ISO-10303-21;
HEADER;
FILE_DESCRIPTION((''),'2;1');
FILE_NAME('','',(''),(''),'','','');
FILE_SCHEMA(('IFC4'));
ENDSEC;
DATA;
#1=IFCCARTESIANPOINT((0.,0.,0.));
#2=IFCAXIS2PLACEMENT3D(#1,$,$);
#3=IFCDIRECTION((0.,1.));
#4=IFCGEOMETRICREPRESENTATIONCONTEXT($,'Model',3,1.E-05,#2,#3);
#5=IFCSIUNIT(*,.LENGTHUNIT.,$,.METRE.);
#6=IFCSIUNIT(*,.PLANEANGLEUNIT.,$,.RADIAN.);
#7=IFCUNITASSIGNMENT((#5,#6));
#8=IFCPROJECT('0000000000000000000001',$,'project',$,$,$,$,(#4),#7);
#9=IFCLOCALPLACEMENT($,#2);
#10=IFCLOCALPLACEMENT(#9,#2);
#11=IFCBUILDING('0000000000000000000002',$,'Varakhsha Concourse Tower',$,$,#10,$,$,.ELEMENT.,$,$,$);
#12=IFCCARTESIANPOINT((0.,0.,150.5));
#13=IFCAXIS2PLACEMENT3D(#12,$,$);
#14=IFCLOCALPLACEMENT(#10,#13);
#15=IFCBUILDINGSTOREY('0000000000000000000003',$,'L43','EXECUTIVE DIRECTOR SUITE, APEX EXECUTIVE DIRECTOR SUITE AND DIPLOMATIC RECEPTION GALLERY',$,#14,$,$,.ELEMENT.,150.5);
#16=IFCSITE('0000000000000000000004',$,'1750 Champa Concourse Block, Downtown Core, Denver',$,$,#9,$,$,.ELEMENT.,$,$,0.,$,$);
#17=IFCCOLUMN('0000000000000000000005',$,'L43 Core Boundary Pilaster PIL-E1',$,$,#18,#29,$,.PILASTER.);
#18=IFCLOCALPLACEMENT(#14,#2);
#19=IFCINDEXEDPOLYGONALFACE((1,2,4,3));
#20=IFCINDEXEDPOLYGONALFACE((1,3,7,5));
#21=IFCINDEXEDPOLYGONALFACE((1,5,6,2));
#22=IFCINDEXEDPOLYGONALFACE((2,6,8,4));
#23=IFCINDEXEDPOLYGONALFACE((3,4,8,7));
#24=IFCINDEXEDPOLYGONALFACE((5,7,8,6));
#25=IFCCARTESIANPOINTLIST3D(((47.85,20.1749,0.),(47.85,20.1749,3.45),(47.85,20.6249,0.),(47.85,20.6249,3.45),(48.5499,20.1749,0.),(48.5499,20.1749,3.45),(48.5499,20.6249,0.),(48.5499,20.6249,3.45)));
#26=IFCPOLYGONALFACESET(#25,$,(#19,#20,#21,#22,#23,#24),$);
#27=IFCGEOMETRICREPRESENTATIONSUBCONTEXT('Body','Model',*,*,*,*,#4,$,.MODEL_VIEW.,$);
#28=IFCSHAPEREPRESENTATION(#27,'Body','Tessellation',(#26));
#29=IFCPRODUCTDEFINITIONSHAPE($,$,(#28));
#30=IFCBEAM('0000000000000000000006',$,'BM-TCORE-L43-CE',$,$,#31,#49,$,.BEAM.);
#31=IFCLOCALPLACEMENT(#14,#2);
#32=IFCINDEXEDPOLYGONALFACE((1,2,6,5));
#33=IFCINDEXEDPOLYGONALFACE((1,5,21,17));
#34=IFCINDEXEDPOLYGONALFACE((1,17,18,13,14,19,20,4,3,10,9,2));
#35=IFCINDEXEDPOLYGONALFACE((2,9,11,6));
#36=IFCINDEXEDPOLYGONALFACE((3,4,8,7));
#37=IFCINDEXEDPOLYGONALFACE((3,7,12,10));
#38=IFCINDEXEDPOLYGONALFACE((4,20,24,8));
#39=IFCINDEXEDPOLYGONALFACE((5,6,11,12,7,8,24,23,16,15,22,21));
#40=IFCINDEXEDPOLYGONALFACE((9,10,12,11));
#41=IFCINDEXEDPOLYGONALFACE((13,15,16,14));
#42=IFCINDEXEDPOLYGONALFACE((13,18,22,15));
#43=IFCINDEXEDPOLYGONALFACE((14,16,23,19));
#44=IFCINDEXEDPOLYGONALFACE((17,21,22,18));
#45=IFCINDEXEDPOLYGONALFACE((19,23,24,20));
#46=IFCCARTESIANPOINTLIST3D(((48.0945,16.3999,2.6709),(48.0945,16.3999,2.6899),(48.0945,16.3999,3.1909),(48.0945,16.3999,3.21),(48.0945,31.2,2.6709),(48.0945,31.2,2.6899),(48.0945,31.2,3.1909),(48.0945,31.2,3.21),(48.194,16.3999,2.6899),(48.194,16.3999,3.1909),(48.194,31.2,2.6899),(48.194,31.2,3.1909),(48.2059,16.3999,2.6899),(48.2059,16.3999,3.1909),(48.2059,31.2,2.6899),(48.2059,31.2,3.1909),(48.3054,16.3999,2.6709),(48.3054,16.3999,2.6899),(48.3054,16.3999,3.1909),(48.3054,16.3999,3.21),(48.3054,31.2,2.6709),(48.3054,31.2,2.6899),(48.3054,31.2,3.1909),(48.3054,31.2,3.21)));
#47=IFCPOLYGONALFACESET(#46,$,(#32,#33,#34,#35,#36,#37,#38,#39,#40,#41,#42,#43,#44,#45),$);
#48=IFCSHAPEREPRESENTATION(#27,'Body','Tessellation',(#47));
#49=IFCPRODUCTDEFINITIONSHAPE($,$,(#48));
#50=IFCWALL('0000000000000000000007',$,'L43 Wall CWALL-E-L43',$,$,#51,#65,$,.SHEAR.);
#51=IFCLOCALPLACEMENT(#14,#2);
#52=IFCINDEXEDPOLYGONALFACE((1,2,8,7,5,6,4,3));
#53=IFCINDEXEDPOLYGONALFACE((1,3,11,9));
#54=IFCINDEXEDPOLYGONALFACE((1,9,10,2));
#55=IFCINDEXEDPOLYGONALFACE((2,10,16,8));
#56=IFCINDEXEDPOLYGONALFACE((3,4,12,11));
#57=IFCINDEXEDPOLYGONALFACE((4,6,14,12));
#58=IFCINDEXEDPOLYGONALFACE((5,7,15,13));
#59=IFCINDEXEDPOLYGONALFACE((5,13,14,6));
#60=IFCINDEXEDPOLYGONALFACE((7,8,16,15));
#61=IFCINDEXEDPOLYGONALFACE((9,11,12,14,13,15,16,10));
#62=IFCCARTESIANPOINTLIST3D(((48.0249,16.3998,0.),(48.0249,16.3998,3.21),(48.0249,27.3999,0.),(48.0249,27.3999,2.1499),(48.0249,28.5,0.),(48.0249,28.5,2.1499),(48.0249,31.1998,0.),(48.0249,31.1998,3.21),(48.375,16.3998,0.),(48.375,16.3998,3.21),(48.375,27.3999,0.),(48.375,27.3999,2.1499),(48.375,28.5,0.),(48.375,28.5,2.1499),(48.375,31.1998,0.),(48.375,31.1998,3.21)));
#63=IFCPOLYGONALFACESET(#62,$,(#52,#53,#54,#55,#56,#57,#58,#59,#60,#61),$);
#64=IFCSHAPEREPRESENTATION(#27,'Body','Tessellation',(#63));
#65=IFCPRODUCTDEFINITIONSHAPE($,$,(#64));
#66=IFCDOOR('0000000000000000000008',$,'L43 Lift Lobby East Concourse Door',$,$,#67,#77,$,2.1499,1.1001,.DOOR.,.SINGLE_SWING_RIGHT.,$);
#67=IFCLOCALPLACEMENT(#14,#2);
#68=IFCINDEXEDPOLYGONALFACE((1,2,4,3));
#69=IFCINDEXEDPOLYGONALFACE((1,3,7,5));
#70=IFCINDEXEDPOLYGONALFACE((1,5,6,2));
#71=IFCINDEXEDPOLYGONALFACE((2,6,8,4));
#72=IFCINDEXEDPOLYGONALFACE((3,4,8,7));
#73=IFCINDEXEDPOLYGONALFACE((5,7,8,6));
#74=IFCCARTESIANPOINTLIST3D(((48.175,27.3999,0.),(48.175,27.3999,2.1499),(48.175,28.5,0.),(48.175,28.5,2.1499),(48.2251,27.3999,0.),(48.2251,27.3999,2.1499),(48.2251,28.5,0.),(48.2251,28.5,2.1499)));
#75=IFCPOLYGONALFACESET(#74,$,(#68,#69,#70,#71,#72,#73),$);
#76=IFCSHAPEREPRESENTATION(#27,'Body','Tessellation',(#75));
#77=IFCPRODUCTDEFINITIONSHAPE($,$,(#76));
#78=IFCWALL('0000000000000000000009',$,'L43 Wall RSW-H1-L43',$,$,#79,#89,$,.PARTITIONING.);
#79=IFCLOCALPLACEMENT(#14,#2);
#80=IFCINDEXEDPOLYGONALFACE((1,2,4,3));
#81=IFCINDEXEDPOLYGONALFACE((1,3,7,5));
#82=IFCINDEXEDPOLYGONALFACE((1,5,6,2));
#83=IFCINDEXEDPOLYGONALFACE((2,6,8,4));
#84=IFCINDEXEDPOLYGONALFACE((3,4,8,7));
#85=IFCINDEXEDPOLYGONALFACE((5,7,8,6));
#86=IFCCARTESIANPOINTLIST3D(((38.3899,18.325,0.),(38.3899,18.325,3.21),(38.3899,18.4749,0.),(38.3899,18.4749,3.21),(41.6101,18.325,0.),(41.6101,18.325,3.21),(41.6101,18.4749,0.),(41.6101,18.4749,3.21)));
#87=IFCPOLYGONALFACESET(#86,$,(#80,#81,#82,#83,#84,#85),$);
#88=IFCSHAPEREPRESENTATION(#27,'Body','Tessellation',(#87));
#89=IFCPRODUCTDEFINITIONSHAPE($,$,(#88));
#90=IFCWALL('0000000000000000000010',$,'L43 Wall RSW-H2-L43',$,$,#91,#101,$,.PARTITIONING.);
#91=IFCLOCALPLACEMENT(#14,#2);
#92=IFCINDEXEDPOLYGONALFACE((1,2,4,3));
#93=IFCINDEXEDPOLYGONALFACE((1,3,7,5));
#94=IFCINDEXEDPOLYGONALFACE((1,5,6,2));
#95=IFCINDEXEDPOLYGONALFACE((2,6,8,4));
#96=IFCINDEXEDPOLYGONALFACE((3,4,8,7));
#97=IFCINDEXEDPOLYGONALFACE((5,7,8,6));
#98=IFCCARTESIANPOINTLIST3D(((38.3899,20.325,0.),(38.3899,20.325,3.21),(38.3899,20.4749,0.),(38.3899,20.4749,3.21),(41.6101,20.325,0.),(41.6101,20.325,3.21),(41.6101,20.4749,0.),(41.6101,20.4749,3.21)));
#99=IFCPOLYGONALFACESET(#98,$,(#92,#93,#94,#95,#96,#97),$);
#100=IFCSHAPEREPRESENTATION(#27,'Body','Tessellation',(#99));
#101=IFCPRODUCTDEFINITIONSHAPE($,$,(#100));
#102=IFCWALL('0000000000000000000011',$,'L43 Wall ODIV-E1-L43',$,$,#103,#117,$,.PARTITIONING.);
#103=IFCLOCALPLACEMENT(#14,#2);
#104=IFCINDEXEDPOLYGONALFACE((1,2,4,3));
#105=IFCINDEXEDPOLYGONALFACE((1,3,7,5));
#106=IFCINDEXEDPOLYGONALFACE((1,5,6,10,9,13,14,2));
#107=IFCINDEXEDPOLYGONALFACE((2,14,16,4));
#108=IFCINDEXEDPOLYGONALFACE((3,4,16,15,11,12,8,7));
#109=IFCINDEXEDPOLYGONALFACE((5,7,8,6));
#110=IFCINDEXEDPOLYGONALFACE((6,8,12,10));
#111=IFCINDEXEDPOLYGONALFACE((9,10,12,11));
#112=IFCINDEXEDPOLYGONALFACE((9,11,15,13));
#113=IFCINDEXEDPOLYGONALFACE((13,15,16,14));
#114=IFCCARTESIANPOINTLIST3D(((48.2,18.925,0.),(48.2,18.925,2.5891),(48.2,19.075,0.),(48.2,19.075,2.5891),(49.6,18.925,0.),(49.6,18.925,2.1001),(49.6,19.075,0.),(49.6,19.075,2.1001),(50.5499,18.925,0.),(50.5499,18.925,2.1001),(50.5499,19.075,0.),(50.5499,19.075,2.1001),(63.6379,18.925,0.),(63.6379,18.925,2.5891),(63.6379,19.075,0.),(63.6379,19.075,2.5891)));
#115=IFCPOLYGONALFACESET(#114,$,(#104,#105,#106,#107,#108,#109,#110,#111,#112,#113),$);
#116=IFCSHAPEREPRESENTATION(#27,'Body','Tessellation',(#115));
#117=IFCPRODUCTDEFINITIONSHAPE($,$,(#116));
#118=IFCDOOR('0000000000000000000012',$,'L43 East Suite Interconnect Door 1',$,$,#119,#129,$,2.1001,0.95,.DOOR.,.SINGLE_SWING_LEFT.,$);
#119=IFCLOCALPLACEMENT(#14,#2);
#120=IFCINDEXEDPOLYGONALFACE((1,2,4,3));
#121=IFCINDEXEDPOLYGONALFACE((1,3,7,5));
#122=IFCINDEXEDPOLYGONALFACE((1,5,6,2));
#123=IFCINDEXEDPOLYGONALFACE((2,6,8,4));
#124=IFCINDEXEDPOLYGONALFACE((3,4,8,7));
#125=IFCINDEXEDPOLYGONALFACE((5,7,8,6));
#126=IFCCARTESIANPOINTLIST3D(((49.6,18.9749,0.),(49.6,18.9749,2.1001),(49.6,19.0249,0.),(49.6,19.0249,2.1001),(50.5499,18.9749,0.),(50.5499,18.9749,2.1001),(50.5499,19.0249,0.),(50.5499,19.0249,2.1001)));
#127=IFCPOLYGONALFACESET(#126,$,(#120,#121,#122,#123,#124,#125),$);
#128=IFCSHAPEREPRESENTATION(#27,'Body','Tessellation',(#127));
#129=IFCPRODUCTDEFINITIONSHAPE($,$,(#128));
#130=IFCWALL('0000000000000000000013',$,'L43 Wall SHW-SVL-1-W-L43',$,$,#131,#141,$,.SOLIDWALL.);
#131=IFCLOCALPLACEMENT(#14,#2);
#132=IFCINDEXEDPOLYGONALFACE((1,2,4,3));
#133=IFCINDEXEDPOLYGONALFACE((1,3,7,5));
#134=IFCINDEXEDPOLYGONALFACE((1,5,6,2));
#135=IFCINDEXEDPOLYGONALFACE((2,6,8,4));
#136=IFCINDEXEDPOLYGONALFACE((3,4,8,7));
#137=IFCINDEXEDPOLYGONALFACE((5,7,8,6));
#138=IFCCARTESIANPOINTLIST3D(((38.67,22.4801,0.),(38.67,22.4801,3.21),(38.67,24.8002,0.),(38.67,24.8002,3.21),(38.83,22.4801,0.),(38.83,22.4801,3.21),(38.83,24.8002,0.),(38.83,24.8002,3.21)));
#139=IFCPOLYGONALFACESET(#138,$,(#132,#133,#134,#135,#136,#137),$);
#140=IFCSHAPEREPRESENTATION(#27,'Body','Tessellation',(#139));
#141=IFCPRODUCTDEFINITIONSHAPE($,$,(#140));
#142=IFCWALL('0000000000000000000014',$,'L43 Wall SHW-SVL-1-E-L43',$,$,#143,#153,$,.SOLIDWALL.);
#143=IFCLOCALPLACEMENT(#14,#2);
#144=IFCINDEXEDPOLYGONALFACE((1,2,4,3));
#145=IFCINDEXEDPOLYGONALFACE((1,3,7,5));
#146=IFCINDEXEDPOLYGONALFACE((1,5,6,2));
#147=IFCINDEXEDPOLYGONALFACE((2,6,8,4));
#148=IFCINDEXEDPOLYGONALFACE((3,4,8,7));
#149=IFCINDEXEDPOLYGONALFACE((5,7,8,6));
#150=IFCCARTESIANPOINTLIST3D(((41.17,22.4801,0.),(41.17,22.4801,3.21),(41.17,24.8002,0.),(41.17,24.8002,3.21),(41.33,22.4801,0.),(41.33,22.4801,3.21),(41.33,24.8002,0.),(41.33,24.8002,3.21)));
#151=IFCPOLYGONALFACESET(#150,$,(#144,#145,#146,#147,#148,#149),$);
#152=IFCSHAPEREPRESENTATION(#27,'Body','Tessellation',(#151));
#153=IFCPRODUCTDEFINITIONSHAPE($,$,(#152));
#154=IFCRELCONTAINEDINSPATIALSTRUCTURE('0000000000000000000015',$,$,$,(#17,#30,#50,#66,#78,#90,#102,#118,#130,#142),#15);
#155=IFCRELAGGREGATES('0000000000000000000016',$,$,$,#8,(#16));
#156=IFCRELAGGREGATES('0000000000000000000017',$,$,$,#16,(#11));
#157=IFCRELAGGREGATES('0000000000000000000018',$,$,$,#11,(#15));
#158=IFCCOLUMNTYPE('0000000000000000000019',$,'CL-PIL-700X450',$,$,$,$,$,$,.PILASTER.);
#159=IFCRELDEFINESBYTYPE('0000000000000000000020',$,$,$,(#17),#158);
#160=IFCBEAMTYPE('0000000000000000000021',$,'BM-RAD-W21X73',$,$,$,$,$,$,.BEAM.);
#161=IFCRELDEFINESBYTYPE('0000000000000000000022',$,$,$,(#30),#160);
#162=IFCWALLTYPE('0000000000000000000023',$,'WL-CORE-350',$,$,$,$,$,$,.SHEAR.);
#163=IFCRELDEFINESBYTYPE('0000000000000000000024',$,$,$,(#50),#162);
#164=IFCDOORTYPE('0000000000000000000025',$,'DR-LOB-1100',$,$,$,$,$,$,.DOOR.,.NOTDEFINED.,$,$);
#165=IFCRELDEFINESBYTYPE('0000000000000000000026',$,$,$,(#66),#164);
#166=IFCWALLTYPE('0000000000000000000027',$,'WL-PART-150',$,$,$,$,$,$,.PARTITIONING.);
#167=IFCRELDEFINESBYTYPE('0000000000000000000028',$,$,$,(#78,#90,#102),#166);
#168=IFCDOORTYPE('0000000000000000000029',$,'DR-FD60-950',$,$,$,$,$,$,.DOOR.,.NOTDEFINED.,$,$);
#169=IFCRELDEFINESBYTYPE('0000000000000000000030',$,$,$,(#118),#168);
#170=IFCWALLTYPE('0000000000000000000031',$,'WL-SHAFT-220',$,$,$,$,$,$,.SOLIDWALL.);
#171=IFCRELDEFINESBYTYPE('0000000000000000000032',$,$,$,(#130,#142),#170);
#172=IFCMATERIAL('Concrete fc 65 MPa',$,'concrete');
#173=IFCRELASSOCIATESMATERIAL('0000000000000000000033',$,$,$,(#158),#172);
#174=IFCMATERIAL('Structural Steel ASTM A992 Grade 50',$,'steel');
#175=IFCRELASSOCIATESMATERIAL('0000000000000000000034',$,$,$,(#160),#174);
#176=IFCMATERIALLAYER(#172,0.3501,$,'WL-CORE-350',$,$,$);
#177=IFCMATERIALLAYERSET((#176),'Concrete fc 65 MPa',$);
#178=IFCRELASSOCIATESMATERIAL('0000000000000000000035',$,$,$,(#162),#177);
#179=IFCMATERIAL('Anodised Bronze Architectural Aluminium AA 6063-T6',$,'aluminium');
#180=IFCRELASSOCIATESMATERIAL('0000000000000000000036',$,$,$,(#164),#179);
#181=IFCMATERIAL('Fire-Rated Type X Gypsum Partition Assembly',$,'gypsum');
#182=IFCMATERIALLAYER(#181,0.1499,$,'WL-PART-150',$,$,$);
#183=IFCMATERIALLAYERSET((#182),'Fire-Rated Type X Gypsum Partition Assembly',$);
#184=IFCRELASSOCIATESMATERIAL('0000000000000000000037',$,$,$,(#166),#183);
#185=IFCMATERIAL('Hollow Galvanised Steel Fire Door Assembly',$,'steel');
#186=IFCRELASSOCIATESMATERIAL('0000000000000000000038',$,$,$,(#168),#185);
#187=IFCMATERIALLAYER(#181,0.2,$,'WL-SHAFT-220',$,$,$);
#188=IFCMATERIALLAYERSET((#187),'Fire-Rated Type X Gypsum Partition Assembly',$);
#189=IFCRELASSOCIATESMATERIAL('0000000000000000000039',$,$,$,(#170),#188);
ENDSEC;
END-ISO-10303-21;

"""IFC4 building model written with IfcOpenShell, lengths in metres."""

from ifc_helpers import new_model, si_unit, direction, frame, frame_2d, origin, origin_2d, place, context, subcontext, project, spatial, rectangle, i_section, extrude, material, layer, layer_set, material_profile, profile_set, type_object, element, fill, save


model = new_model("IFC4")

# Units and contexts
model_context = context("Model", 3, precision=1e-05, world=origin(), true_north=direction((0.0, 1.0)))
body_context = subcontext(model_context, "Body", "Model", "MODEL_VIEW")
ifc_project = project(units=[si_unit("LENGTHUNIT", "METRE"), si_unit("PLANEANGLEUNIT", "RADIAN")], contexts=[model_context])

# Site, building, storey
site_placement = place(None, origin())
site = spatial("IfcSite", under=ifc_project, at=site_placement, Name="1750 Champa Concourse Block, Downtown Core, Denver", CompositionType="ELEMENT", RefElevation=0.0)
building_placement = place(site_placement, origin())
building = spatial("IfcBuilding", under=site, at=building_placement, Name="Varakhsha Concourse Tower", CompositionType="ELEMENT")
storey_placement = place(building_placement, frame((0.0, 0.0, 150.5)))
storey = spatial("IfcBuildingStorey", under=building, at=storey_placement, Name="L43", Description="EXECUTIVE DIRECTOR SUITE, APEX EXECUTIVE DIRECTOR SUITE AND DIPLOMATIC RECEPTION GALLERY", CompositionType="ELEMENT", Elevation=150.5)

# Column
ifc_material_1 = material(Name="Concrete fc 65 MPa", Category="concrete")
ifc_material_profile_1 = material_profile(ifc_material_1, rectangle(XDim=0.7, YDim=0.45, at=origin_2d()), Name="RC 700x450")
ifc_profile_set_1 = profile_set([ifc_material_profile_1], Name="Concrete fc 65 MPa")
column_type = type_object("IfcColumnType", Name="CL-PIL-700X450", PredefinedType="PILASTER", material=ifc_profile_set_1)
column_placement = place(storey_placement, frame((48.2, 20.3999, 0.0), z_axis=(0.0, 0.0, 1.0), x_axis=(1.0, 0.0, 0.0)))
element("IfcColumn", 1, at=column_placement, inside=storey, type_object=column_type, Name="L43 Core Boundary Pilaster PIL-E1", PredefinedType="PILASTER", context=body_context, shape_type="SweptSolid", body=[
    extrude(rectangle(XDim=0.7, YDim=0.45, at=origin_2d()), origin(), (0.0, 0.0, 1.0), 3.45),
])

# Beam
ifc_material_2 = material(Name="Structural Steel ASTM A992 Grade 50", Category="steel")
ifc_material_profile_2 = material_profile(ifc_material_2, i_section(OverallWidth=0.2109, OverallDepth=0.5391, WebThickness=0.012, FlangeThickness=0.019, at=origin_2d()), Name="W21X73")
ifc_profile_set_2 = profile_set([ifc_material_profile_2], Name="Structural Steel ASTM A992 Grade 50")
beam_type = type_object("IfcBeamType", Name="BM-RAD-W21X73", PredefinedType="BEAM", material=ifc_profile_set_2)
beam_placement = place(storey_placement, frame((48.2, 16.3999, 2.9404), z_axis=(0.0, 1.0, 0.0), x_axis=(-1.0, 0.0, 0.0)))
element("IfcBeam", 2, at=beam_placement, inside=storey, type_object=beam_type, Name="BM-TCORE-L43-CE", PredefinedType="BEAM", context=body_context, shape_type="SweptSolid", body=[
    extrude(i_section(OverallWidth=0.2109, OverallDepth=0.5391, WebThickness=0.012, FlangeThickness=0.019, at=origin_2d()), origin(), (0.0, 0.0, 1.0), 14.8),
])

# Wall, opening, door
ifc_layer_1 = layer(ifc_material_1, 0.3501, Name="WL-CORE-350")
ifc_layer_set_1 = layer_set([ifc_layer_1], Name="Concrete fc 65 MPa")
wall_type_1 = type_object("IfcWallType", Name="WL-CORE-350", PredefinedType="SHEAR", material=ifc_layer_set_1)
wall_1_placement = place(storey_placement, frame((48.2, 16.3999, 0.0), z_axis=(0.0, 0.0, 1.0), x_axis=(0.0, 1.0, 0.0)))
wall_1 = element("IfcWall", 3, at=wall_1_placement, inside=storey, type_object=wall_type_1, Name="L43 Wall CWALL-E-L43", PredefinedType="SHEAR", context=body_context, shape_type="SweptSolid", body=[
    extrude(rectangle(XDim=14.8, YDim=0.3501, at=frame_2d((7.3999, 0.0))), origin(), (0.0, 0.0, 1.0), 3.21),
])
opening_1_placement = place(wall_1_placement, frame((11.0, 0.0, 0.0)))
opening_1 = element("IfcOpeningElement", 4, at=opening_1_placement, cuts=wall_1, PredefinedType="OPENING", context=body_context, shape_type="SweptSolid", body=[
    extrude(rectangle(XDim=1.1001, YDim=2.1499, at=frame_2d((0.55, 1.075))), frame((0.0, 0.1851, 0.0), z_axis=(0.0, -1.0, 0.0), x_axis=(1.0, 0.0, 0.0)), (0.0, 0.0, 1.0), 0.3701),
])
ifc_material_3 = material(Name="Anodised Bronze Architectural Aluminium AA 6063-T6", Category="aluminium")
door_type_1 = type_object("IfcDoorType", Name="DR-LOB-1100", OperationType="NOTDEFINED", PredefinedType="DOOR", material=ifc_material_3)
door_1_placement = place(opening_1_placement, origin())
door_1 = element("IfcDoor", 5, at=door_1_placement, inside=storey, type_object=door_type_1, Name="L43 Lift Lobby East Concourse Door", OperationType="SINGLE_SWING_RIGHT", OverallHeight=2.1499, OverallWidth=1.1001, PredefinedType="DOOR", context=body_context, shape_type="SweptSolid", body=[
    extrude(rectangle(XDim=1.1001, YDim=2.1499, at=frame_2d((0.55, 1.075))), frame((0.0, 0.0249, 0.0), z_axis=(0.0, -1.0, 0.0), x_axis=(1.0, 0.0, 0.0)), (0.0, 0.0, 1.0), 0.05),
])
fill(opening_1, door_1)

# Walls
ifc_material_4 = material(Name="Fire-Rated Type X Gypsum Partition Assembly", Category="gypsum")
ifc_layer_2 = layer(ifc_material_4, 0.1499, Name="WL-PART-150")
ifc_layer_set_2 = layer_set([ifc_layer_2], Name="Fire-Rated Type X Gypsum Partition Assembly")
wall_type_2 = type_object("IfcWallType", Name="WL-PART-150", PredefinedType="PARTITIONING", material=ifc_layer_set_2)
for number, where, z_axis, x_axis, name in (
    (6, (38.3899, 18.3999, 0.0), (0.0, 0.0, 1.0), (1.0, 0.0, 0.0), "L43 Wall RSW-H1-L43"),
    (7, (38.3899, 20.3999, 0.0), (0.0, 0.0, 1.0), (1.0, 0.0, 0.0), "L43 Wall RSW-H2-L43"),
):
    element("IfcWall", number, at=place(storey_placement, frame(where, z_axis=z_axis, x_axis=x_axis)), inside=storey, type_object=wall_type_2, Name=name, PredefinedType="PARTITIONING", context=body_context, shape_type="SweptSolid", body=[
        extrude(rectangle(XDim=3.2202, YDim=0.1499, at=frame_2d((1.6101, 0.0))), origin(), (0.0, 0.0, 1.0), 3.21),
    ])

# Wall, opening, door
wall_2_placement = place(storey_placement, frame((48.2, 19.0, 0.0), z_axis=(0.0, 0.0, 1.0), x_axis=(1.0, 0.0, 0.0)))
wall_2 = element("IfcWall", 8, at=wall_2_placement, inside=storey, type_object=wall_type_2, Name="L43 Wall ODIV-E1-L43", PredefinedType="PARTITIONING", context=body_context, shape_type="SweptSolid", body=[
    extrude(rectangle(XDim=15.438, YDim=0.1499, at=frame_2d((7.719, 0.0))), origin(), (0.0, 0.0, 1.0), 2.5891),
])
opening_2_placement = place(wall_2_placement, frame((1.3999, 0.0, 0.0)))
opening_2 = element("IfcOpeningElement", 9, at=opening_2_placement, cuts=wall_2, PredefinedType="OPENING", context=body_context, shape_type="SweptSolid", body=[
    extrude(rectangle(XDim=0.95, YDim=2.1001, at=frame_2d((0.4751, 1.05))), frame((0.0, 0.085, 0.0), z_axis=(0.0, -1.0, 0.0), x_axis=(1.0, 0.0, 0.0)), (0.0, 0.0, 1.0), 0.1699),
])
ifc_material_5 = material(Name="Hollow Galvanised Steel Fire Door Assembly", Category="steel")
door_type_2 = type_object("IfcDoorType", Name="DR-FD60-950", OperationType="NOTDEFINED", PredefinedType="DOOR", material=ifc_material_5)
door_2_placement = place(opening_2_placement, origin())
door_2 = element("IfcDoor", 10, at=door_2_placement, inside=storey, type_object=door_type_2, Name="L43 East Suite Interconnect Door 1", OperationType="SINGLE_SWING_LEFT", OverallHeight=2.1001, OverallWidth=0.95, PredefinedType="DOOR", context=body_context, shape_type="SweptSolid", body=[
    extrude(rectangle(XDim=0.95, YDim=2.1001, at=frame_2d((0.4751, 1.05))), frame((0.0, 0.0249, 0.0), z_axis=(0.0, -1.0, 0.0), x_axis=(1.0, 0.0, 0.0)), (0.0, 0.0, 1.0), 0.05),
])
fill(opening_2, door_2)

# Walls
ifc_layer_3 = layer(ifc_material_4, 0.2, Name="WL-SHAFT-220")
ifc_layer_set_3 = layer_set([ifc_layer_3], Name="Fire-Rated Type X Gypsum Partition Assembly")
wall_type_3 = type_object("IfcWallType", Name="WL-SHAFT-220", PredefinedType="SOLIDWALL", material=ifc_layer_set_3)
for number, where, z_axis, x_axis, name in (
    (11, (38.75, 22.48, 0.0), (0.0, 0.0, 1.0), (0.0, 1.0, 0.0), "L43 Wall SHW-SVL-1-W-L43"),
    (12, (41.25, 22.48, 0.0), (0.0, 0.0, 1.0), (0.0, 1.0, 0.0), "L43 Wall SHW-SVL-1-E-L43"),
):
    element("IfcWall", number, at=place(storey_placement, frame(where, z_axis=z_axis, x_axis=x_axis)), inside=storey, type_object=wall_type_3, Name=name, PredefinedType="SOLIDWALL", context=body_context, shape_type="SweptSolid", body=[
        extrude(rectangle(XDim=2.3201, YDim=0.1599, at=frame_2d((1.1602, 0.0))), origin(), (0.0, 0.0, 1.0), 3.21),
    ])

save(model, "model.ifc")
